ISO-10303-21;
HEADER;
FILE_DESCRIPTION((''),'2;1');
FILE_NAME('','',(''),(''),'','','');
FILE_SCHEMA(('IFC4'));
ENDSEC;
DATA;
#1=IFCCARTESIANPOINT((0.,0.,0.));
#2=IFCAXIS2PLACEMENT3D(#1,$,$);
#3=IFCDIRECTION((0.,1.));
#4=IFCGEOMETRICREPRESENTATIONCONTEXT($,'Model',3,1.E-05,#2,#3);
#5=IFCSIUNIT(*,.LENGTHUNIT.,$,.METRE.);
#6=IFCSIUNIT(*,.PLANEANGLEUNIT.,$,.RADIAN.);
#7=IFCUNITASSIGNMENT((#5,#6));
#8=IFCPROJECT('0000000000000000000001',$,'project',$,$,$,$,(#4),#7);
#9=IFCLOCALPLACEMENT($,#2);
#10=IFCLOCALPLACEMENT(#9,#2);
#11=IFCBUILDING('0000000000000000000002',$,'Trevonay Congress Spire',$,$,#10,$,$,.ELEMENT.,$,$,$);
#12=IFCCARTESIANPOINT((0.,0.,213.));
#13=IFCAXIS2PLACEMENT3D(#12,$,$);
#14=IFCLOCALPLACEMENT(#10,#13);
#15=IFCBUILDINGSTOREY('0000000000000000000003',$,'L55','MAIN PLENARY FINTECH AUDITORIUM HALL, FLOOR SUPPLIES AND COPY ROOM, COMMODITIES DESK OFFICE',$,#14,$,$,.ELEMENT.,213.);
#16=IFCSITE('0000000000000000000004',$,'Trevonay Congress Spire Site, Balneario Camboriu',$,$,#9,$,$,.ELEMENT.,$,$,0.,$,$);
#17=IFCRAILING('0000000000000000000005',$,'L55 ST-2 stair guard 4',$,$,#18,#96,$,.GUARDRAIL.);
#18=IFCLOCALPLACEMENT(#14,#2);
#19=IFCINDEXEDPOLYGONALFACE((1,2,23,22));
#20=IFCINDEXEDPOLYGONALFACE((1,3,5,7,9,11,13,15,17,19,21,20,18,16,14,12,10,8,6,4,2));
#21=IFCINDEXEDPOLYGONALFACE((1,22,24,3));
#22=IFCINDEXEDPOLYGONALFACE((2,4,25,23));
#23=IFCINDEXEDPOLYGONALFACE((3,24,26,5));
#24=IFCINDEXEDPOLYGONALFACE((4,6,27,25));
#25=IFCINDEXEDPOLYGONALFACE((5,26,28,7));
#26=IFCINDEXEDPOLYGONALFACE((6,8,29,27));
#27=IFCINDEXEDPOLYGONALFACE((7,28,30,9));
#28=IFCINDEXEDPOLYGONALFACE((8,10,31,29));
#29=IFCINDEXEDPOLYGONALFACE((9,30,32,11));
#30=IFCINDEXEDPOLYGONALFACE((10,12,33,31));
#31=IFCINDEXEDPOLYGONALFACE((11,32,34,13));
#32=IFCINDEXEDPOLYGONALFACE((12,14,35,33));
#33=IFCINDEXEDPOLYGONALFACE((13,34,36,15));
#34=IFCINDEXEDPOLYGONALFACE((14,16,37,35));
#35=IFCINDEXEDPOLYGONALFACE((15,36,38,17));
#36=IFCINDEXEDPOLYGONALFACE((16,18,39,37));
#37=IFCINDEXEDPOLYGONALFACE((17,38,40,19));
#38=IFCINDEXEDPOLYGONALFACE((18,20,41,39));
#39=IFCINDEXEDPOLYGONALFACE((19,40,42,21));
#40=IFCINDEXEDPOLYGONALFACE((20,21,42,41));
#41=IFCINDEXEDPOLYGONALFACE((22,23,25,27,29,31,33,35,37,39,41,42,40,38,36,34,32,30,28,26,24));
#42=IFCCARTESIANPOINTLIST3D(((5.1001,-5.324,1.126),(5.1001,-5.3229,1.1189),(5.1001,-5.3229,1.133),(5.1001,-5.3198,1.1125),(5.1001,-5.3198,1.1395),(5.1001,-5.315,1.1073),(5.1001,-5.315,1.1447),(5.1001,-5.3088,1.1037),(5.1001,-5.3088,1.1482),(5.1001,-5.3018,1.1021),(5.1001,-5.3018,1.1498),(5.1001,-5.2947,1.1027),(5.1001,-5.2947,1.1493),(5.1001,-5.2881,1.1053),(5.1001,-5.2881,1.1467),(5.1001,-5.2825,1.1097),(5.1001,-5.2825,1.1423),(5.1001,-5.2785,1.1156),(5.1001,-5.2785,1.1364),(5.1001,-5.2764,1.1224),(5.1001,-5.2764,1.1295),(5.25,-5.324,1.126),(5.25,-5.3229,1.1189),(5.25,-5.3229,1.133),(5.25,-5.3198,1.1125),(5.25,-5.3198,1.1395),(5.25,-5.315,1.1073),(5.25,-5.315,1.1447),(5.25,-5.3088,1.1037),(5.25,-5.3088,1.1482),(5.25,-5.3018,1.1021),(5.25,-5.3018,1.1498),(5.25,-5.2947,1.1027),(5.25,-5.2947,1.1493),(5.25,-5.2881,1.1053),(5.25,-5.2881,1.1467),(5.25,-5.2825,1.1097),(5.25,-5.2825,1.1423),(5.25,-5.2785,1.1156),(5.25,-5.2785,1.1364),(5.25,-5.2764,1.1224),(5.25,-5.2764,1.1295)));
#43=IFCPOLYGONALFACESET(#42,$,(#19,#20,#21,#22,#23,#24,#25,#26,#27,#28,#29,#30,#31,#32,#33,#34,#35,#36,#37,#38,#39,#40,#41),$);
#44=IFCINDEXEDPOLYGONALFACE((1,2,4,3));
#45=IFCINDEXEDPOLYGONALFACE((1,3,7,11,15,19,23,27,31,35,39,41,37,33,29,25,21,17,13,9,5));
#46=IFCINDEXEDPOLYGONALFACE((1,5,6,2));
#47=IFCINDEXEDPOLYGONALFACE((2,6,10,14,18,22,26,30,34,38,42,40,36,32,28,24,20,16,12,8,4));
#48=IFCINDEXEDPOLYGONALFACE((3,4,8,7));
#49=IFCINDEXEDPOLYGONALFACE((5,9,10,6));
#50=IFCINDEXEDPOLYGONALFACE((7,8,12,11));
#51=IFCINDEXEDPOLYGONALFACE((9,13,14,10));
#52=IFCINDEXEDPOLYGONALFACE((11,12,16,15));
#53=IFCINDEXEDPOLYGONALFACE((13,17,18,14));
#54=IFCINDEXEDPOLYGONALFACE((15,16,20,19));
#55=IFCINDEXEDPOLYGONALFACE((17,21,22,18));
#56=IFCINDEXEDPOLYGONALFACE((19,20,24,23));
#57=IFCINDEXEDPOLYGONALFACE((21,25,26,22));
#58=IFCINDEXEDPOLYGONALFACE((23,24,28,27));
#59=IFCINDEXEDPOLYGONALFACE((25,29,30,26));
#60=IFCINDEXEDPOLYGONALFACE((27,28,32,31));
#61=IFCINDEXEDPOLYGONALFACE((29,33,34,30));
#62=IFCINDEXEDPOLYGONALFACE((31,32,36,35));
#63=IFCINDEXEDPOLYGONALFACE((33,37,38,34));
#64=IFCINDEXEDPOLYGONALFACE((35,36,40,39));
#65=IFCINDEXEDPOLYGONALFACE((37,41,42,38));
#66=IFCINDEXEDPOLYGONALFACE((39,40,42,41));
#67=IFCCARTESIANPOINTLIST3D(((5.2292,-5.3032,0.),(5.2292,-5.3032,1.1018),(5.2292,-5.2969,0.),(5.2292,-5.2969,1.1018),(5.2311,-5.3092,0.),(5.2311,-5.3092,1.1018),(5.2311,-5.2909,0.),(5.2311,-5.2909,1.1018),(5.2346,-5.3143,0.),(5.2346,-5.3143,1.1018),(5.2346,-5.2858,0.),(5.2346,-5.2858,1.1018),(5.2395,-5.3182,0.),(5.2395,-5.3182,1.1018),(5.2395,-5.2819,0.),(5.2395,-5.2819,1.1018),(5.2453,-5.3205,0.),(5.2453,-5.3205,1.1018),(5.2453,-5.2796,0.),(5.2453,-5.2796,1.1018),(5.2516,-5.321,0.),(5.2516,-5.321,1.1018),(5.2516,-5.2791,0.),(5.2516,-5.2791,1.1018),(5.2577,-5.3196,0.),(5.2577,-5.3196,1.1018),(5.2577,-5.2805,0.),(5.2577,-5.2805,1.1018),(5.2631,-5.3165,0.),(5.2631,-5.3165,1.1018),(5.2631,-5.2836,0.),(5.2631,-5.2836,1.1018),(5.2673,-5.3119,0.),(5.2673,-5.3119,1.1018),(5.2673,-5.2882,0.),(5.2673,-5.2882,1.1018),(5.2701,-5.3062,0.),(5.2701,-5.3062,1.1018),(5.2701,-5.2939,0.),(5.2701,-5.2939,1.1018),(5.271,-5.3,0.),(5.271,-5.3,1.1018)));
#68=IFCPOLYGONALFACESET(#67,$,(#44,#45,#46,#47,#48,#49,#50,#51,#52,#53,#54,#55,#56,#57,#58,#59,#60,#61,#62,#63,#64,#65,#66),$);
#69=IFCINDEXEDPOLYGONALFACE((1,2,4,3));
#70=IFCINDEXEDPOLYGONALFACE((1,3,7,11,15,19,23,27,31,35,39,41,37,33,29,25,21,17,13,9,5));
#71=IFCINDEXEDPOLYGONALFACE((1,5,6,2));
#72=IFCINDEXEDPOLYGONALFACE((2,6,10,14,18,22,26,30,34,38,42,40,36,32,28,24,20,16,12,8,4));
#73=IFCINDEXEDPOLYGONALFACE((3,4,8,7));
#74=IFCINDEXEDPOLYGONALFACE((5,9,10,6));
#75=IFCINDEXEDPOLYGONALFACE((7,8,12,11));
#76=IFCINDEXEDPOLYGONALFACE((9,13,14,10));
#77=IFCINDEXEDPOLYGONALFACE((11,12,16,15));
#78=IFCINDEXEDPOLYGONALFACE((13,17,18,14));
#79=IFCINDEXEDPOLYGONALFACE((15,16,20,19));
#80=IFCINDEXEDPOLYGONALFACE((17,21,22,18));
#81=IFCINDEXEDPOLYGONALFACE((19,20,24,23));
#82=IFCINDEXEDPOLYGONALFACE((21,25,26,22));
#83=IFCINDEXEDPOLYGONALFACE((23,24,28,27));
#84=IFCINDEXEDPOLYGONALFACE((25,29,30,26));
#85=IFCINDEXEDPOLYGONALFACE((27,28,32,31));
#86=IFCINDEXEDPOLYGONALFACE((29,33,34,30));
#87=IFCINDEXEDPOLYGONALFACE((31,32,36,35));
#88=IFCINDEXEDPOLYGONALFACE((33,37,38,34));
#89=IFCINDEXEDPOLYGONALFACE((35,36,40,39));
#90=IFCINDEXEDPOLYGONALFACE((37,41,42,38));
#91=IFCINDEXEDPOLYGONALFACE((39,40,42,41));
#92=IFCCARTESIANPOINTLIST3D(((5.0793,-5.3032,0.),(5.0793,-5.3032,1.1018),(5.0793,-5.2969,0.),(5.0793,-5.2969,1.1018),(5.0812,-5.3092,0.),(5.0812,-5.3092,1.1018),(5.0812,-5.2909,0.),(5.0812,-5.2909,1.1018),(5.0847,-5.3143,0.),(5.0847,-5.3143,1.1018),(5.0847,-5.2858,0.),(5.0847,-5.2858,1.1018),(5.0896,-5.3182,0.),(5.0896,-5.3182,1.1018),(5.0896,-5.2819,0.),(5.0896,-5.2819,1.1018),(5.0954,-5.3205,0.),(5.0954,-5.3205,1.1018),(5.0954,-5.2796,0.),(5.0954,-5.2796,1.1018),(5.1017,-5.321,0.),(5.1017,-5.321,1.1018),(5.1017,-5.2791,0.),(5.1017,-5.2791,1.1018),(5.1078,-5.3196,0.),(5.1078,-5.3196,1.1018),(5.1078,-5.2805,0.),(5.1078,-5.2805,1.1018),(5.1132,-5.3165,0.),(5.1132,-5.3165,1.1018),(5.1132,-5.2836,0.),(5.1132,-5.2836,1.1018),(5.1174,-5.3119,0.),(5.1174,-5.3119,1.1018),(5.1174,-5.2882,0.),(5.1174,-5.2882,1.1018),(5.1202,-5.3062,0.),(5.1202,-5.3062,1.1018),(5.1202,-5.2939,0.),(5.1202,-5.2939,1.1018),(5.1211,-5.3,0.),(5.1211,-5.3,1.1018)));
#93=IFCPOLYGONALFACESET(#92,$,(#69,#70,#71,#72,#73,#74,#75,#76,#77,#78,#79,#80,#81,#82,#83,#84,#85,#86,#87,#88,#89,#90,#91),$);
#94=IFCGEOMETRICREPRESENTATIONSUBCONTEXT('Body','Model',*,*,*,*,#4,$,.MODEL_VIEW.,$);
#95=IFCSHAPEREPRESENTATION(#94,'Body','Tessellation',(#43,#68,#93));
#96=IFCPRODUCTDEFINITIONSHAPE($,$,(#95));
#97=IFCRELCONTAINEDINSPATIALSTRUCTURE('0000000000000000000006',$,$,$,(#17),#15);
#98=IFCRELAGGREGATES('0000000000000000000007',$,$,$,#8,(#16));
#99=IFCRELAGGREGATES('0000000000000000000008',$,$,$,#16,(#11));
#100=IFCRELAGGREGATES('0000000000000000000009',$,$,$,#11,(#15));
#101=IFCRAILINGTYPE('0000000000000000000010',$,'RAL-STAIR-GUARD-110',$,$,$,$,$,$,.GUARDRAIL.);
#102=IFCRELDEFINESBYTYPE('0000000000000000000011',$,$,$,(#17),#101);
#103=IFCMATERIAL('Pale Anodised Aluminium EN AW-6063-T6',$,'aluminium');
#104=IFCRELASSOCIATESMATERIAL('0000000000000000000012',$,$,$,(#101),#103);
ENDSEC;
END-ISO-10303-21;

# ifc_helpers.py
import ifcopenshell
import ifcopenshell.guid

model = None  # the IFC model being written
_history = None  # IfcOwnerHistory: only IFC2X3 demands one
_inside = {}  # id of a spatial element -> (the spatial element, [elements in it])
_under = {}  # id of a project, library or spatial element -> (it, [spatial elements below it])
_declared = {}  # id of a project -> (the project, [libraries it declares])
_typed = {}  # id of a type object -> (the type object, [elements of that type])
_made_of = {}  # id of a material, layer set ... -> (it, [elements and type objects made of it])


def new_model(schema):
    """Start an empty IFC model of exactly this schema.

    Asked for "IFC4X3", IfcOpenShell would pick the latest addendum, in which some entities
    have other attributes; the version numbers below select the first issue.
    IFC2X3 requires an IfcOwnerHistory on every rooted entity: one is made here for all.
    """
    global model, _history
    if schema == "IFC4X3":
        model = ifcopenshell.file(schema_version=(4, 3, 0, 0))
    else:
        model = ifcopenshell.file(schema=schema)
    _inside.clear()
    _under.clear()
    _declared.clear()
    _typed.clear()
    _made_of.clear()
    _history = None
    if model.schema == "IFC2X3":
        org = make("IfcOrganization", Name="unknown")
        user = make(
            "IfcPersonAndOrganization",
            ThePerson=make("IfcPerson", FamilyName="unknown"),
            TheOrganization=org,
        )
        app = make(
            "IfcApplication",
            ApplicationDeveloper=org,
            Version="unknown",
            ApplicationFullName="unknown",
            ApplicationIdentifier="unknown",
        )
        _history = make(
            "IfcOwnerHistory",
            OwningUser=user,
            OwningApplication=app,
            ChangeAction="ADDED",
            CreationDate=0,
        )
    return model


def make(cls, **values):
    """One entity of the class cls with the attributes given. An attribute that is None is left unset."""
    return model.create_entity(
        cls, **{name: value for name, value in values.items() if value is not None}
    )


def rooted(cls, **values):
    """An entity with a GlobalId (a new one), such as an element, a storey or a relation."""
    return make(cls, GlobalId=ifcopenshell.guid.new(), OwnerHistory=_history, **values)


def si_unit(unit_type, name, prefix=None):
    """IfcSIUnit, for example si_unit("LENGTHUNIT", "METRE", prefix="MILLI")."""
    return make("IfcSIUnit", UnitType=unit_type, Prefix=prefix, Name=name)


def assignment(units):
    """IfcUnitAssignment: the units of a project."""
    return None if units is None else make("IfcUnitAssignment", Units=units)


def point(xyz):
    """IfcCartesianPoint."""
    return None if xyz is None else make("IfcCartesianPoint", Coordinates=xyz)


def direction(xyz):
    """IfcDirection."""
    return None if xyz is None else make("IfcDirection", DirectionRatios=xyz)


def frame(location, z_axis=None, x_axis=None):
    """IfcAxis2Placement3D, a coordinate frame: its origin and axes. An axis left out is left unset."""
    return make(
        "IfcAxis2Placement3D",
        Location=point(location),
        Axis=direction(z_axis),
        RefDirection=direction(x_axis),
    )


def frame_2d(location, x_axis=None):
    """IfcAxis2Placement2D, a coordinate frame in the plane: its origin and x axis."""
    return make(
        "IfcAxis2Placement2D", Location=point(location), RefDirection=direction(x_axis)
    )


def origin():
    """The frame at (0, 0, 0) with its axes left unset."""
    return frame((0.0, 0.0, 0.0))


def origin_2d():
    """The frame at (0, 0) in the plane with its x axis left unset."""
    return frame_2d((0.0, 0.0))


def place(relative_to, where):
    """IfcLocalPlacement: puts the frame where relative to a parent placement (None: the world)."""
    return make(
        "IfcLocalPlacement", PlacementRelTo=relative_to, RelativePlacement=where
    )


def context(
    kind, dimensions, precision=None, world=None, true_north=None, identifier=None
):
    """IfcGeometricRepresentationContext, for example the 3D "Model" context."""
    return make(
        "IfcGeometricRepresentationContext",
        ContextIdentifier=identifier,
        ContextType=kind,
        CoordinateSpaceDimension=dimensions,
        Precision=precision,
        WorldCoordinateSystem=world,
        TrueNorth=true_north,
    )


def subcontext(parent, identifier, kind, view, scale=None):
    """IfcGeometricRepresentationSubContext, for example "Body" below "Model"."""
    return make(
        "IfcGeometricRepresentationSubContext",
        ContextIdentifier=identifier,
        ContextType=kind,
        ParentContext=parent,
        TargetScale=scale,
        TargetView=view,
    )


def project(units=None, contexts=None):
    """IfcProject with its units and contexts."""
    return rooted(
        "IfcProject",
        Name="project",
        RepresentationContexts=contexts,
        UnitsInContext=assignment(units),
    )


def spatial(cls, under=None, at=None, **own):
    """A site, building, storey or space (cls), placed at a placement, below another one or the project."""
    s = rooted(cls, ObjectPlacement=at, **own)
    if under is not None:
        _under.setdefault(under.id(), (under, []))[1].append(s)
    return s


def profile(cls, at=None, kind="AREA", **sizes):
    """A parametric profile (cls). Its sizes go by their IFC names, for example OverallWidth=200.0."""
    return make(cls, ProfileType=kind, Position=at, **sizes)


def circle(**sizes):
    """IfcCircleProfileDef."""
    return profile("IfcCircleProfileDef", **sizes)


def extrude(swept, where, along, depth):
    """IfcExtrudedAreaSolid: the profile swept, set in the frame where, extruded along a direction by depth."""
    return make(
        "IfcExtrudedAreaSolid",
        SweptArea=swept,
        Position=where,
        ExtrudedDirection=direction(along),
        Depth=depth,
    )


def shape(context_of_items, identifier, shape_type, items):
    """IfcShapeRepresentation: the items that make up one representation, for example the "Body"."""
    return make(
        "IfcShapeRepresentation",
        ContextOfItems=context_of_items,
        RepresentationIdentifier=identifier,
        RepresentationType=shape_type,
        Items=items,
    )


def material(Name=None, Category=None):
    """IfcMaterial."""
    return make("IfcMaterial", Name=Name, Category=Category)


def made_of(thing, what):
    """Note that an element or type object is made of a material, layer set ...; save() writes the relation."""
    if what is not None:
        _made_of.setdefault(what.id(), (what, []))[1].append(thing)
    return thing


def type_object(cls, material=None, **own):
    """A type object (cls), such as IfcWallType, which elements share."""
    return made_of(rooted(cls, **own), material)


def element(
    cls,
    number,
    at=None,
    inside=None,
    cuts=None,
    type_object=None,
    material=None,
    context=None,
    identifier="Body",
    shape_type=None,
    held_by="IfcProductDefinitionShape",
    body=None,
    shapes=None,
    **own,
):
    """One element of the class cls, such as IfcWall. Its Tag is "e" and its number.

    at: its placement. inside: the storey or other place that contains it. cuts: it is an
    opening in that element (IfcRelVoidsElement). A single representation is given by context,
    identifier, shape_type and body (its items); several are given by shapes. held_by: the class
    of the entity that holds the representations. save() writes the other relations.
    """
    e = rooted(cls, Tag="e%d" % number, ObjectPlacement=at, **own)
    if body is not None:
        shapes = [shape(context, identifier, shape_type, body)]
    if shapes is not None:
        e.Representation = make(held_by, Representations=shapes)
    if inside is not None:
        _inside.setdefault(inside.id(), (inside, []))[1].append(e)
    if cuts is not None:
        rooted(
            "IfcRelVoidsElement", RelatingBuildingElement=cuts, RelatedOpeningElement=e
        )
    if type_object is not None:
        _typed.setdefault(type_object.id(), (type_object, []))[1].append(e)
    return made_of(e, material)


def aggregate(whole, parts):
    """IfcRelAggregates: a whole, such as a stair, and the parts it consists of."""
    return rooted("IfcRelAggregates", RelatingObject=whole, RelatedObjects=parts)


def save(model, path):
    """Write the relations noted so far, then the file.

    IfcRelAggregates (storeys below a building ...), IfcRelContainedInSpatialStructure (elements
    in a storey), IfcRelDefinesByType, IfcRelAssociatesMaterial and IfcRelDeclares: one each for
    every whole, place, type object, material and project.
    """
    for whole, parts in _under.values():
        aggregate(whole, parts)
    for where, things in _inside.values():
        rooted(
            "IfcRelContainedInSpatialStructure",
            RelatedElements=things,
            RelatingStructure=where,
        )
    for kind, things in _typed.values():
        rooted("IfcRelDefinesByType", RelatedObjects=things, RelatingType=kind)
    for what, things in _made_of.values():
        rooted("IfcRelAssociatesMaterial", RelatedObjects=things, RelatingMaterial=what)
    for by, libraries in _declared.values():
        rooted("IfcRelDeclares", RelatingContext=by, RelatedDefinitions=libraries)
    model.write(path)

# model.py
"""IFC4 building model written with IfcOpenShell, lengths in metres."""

from ifc_helpers import new_model, si_unit, direction, frame, origin, origin_2d, place, context, subcontext, project, spatial, circle, extrude, material, type_object, element, save


model = new_model("IFC4")

# Units and contexts
model_context = context("Model", 3, precision=1e-05, world=origin(), true_north=direction((0.0, 1.0)))
body_context = subcontext(model_context, "Body", "Model", "MODEL_VIEW")
ifc_project = project(units=[si_unit("LENGTHUNIT", "METRE"), si_unit("PLANEANGLEUNIT", "RADIAN")], contexts=[model_context])

# Site, building, storey
site_placement = place(None, origin())
site = spatial("IfcSite", under=ifc_project, at=site_placement, Name="Trevonay Congress Spire Site, Balneario Camboriu", CompositionType="ELEMENT", RefElevation=0.0)
building_placement = place(site_placement, origin())
building = spatial("IfcBuilding", under=site, at=building_placement, Name="Trevonay Congress Spire", CompositionType="ELEMENT")
storey_placement = place(building_placement, frame((0.0, 0.0, 213.0)))
storey = spatial("IfcBuildingStorey", under=building, at=storey_placement, Name="L55", Description="MAIN PLENARY FINTECH AUDITORIUM HALL, FLOOR SUPPLIES AND COPY ROOM, COMMODITIES DESK OFFICE", CompositionType="ELEMENT", Elevation=213.0)

# Railing
ifc_material_1 = material(Name="Pale Anodised Aluminium EN AW-6063-T6", Category="aluminium")
railing_type_1 = type_object("IfcRailingType", Name="RAL-STAIR-GUARD-110", PredefinedType="GUARDRAIL", material=ifc_material_1)
railing_1_placement = place(storey_placement, frame((5.25, -5.3, 0.0)))
element("IfcRailing", 1, at=railing_1_placement, inside=storey, type_object=railing_type_1, Name="L55 ST-2 stair guard 4", PredefinedType="GUARDRAIL", context=body_context, shape_type="SweptSolid", body=[
    extrude(circle(Radius=0.0239, at=origin_2d()), frame((0.0, 0.0, 1.126), z_axis=(-1.0, 0.0, 0.0), x_axis=(0.0, -1.0, 0.0)), (0.0, 0.0, 1.0), 0.1499),
    extrude(circle(Radius=0.021, at=origin_2d()), origin(), (0.0, 0.0, 1.0), 1.1018),
    extrude(circle(Radius=0.021, at=origin_2d()), frame((-0.1499, 0.0, 0.0)), (0.0, 0.0, 1.0), 1.1018),
])

save(model, "model.ifc")
